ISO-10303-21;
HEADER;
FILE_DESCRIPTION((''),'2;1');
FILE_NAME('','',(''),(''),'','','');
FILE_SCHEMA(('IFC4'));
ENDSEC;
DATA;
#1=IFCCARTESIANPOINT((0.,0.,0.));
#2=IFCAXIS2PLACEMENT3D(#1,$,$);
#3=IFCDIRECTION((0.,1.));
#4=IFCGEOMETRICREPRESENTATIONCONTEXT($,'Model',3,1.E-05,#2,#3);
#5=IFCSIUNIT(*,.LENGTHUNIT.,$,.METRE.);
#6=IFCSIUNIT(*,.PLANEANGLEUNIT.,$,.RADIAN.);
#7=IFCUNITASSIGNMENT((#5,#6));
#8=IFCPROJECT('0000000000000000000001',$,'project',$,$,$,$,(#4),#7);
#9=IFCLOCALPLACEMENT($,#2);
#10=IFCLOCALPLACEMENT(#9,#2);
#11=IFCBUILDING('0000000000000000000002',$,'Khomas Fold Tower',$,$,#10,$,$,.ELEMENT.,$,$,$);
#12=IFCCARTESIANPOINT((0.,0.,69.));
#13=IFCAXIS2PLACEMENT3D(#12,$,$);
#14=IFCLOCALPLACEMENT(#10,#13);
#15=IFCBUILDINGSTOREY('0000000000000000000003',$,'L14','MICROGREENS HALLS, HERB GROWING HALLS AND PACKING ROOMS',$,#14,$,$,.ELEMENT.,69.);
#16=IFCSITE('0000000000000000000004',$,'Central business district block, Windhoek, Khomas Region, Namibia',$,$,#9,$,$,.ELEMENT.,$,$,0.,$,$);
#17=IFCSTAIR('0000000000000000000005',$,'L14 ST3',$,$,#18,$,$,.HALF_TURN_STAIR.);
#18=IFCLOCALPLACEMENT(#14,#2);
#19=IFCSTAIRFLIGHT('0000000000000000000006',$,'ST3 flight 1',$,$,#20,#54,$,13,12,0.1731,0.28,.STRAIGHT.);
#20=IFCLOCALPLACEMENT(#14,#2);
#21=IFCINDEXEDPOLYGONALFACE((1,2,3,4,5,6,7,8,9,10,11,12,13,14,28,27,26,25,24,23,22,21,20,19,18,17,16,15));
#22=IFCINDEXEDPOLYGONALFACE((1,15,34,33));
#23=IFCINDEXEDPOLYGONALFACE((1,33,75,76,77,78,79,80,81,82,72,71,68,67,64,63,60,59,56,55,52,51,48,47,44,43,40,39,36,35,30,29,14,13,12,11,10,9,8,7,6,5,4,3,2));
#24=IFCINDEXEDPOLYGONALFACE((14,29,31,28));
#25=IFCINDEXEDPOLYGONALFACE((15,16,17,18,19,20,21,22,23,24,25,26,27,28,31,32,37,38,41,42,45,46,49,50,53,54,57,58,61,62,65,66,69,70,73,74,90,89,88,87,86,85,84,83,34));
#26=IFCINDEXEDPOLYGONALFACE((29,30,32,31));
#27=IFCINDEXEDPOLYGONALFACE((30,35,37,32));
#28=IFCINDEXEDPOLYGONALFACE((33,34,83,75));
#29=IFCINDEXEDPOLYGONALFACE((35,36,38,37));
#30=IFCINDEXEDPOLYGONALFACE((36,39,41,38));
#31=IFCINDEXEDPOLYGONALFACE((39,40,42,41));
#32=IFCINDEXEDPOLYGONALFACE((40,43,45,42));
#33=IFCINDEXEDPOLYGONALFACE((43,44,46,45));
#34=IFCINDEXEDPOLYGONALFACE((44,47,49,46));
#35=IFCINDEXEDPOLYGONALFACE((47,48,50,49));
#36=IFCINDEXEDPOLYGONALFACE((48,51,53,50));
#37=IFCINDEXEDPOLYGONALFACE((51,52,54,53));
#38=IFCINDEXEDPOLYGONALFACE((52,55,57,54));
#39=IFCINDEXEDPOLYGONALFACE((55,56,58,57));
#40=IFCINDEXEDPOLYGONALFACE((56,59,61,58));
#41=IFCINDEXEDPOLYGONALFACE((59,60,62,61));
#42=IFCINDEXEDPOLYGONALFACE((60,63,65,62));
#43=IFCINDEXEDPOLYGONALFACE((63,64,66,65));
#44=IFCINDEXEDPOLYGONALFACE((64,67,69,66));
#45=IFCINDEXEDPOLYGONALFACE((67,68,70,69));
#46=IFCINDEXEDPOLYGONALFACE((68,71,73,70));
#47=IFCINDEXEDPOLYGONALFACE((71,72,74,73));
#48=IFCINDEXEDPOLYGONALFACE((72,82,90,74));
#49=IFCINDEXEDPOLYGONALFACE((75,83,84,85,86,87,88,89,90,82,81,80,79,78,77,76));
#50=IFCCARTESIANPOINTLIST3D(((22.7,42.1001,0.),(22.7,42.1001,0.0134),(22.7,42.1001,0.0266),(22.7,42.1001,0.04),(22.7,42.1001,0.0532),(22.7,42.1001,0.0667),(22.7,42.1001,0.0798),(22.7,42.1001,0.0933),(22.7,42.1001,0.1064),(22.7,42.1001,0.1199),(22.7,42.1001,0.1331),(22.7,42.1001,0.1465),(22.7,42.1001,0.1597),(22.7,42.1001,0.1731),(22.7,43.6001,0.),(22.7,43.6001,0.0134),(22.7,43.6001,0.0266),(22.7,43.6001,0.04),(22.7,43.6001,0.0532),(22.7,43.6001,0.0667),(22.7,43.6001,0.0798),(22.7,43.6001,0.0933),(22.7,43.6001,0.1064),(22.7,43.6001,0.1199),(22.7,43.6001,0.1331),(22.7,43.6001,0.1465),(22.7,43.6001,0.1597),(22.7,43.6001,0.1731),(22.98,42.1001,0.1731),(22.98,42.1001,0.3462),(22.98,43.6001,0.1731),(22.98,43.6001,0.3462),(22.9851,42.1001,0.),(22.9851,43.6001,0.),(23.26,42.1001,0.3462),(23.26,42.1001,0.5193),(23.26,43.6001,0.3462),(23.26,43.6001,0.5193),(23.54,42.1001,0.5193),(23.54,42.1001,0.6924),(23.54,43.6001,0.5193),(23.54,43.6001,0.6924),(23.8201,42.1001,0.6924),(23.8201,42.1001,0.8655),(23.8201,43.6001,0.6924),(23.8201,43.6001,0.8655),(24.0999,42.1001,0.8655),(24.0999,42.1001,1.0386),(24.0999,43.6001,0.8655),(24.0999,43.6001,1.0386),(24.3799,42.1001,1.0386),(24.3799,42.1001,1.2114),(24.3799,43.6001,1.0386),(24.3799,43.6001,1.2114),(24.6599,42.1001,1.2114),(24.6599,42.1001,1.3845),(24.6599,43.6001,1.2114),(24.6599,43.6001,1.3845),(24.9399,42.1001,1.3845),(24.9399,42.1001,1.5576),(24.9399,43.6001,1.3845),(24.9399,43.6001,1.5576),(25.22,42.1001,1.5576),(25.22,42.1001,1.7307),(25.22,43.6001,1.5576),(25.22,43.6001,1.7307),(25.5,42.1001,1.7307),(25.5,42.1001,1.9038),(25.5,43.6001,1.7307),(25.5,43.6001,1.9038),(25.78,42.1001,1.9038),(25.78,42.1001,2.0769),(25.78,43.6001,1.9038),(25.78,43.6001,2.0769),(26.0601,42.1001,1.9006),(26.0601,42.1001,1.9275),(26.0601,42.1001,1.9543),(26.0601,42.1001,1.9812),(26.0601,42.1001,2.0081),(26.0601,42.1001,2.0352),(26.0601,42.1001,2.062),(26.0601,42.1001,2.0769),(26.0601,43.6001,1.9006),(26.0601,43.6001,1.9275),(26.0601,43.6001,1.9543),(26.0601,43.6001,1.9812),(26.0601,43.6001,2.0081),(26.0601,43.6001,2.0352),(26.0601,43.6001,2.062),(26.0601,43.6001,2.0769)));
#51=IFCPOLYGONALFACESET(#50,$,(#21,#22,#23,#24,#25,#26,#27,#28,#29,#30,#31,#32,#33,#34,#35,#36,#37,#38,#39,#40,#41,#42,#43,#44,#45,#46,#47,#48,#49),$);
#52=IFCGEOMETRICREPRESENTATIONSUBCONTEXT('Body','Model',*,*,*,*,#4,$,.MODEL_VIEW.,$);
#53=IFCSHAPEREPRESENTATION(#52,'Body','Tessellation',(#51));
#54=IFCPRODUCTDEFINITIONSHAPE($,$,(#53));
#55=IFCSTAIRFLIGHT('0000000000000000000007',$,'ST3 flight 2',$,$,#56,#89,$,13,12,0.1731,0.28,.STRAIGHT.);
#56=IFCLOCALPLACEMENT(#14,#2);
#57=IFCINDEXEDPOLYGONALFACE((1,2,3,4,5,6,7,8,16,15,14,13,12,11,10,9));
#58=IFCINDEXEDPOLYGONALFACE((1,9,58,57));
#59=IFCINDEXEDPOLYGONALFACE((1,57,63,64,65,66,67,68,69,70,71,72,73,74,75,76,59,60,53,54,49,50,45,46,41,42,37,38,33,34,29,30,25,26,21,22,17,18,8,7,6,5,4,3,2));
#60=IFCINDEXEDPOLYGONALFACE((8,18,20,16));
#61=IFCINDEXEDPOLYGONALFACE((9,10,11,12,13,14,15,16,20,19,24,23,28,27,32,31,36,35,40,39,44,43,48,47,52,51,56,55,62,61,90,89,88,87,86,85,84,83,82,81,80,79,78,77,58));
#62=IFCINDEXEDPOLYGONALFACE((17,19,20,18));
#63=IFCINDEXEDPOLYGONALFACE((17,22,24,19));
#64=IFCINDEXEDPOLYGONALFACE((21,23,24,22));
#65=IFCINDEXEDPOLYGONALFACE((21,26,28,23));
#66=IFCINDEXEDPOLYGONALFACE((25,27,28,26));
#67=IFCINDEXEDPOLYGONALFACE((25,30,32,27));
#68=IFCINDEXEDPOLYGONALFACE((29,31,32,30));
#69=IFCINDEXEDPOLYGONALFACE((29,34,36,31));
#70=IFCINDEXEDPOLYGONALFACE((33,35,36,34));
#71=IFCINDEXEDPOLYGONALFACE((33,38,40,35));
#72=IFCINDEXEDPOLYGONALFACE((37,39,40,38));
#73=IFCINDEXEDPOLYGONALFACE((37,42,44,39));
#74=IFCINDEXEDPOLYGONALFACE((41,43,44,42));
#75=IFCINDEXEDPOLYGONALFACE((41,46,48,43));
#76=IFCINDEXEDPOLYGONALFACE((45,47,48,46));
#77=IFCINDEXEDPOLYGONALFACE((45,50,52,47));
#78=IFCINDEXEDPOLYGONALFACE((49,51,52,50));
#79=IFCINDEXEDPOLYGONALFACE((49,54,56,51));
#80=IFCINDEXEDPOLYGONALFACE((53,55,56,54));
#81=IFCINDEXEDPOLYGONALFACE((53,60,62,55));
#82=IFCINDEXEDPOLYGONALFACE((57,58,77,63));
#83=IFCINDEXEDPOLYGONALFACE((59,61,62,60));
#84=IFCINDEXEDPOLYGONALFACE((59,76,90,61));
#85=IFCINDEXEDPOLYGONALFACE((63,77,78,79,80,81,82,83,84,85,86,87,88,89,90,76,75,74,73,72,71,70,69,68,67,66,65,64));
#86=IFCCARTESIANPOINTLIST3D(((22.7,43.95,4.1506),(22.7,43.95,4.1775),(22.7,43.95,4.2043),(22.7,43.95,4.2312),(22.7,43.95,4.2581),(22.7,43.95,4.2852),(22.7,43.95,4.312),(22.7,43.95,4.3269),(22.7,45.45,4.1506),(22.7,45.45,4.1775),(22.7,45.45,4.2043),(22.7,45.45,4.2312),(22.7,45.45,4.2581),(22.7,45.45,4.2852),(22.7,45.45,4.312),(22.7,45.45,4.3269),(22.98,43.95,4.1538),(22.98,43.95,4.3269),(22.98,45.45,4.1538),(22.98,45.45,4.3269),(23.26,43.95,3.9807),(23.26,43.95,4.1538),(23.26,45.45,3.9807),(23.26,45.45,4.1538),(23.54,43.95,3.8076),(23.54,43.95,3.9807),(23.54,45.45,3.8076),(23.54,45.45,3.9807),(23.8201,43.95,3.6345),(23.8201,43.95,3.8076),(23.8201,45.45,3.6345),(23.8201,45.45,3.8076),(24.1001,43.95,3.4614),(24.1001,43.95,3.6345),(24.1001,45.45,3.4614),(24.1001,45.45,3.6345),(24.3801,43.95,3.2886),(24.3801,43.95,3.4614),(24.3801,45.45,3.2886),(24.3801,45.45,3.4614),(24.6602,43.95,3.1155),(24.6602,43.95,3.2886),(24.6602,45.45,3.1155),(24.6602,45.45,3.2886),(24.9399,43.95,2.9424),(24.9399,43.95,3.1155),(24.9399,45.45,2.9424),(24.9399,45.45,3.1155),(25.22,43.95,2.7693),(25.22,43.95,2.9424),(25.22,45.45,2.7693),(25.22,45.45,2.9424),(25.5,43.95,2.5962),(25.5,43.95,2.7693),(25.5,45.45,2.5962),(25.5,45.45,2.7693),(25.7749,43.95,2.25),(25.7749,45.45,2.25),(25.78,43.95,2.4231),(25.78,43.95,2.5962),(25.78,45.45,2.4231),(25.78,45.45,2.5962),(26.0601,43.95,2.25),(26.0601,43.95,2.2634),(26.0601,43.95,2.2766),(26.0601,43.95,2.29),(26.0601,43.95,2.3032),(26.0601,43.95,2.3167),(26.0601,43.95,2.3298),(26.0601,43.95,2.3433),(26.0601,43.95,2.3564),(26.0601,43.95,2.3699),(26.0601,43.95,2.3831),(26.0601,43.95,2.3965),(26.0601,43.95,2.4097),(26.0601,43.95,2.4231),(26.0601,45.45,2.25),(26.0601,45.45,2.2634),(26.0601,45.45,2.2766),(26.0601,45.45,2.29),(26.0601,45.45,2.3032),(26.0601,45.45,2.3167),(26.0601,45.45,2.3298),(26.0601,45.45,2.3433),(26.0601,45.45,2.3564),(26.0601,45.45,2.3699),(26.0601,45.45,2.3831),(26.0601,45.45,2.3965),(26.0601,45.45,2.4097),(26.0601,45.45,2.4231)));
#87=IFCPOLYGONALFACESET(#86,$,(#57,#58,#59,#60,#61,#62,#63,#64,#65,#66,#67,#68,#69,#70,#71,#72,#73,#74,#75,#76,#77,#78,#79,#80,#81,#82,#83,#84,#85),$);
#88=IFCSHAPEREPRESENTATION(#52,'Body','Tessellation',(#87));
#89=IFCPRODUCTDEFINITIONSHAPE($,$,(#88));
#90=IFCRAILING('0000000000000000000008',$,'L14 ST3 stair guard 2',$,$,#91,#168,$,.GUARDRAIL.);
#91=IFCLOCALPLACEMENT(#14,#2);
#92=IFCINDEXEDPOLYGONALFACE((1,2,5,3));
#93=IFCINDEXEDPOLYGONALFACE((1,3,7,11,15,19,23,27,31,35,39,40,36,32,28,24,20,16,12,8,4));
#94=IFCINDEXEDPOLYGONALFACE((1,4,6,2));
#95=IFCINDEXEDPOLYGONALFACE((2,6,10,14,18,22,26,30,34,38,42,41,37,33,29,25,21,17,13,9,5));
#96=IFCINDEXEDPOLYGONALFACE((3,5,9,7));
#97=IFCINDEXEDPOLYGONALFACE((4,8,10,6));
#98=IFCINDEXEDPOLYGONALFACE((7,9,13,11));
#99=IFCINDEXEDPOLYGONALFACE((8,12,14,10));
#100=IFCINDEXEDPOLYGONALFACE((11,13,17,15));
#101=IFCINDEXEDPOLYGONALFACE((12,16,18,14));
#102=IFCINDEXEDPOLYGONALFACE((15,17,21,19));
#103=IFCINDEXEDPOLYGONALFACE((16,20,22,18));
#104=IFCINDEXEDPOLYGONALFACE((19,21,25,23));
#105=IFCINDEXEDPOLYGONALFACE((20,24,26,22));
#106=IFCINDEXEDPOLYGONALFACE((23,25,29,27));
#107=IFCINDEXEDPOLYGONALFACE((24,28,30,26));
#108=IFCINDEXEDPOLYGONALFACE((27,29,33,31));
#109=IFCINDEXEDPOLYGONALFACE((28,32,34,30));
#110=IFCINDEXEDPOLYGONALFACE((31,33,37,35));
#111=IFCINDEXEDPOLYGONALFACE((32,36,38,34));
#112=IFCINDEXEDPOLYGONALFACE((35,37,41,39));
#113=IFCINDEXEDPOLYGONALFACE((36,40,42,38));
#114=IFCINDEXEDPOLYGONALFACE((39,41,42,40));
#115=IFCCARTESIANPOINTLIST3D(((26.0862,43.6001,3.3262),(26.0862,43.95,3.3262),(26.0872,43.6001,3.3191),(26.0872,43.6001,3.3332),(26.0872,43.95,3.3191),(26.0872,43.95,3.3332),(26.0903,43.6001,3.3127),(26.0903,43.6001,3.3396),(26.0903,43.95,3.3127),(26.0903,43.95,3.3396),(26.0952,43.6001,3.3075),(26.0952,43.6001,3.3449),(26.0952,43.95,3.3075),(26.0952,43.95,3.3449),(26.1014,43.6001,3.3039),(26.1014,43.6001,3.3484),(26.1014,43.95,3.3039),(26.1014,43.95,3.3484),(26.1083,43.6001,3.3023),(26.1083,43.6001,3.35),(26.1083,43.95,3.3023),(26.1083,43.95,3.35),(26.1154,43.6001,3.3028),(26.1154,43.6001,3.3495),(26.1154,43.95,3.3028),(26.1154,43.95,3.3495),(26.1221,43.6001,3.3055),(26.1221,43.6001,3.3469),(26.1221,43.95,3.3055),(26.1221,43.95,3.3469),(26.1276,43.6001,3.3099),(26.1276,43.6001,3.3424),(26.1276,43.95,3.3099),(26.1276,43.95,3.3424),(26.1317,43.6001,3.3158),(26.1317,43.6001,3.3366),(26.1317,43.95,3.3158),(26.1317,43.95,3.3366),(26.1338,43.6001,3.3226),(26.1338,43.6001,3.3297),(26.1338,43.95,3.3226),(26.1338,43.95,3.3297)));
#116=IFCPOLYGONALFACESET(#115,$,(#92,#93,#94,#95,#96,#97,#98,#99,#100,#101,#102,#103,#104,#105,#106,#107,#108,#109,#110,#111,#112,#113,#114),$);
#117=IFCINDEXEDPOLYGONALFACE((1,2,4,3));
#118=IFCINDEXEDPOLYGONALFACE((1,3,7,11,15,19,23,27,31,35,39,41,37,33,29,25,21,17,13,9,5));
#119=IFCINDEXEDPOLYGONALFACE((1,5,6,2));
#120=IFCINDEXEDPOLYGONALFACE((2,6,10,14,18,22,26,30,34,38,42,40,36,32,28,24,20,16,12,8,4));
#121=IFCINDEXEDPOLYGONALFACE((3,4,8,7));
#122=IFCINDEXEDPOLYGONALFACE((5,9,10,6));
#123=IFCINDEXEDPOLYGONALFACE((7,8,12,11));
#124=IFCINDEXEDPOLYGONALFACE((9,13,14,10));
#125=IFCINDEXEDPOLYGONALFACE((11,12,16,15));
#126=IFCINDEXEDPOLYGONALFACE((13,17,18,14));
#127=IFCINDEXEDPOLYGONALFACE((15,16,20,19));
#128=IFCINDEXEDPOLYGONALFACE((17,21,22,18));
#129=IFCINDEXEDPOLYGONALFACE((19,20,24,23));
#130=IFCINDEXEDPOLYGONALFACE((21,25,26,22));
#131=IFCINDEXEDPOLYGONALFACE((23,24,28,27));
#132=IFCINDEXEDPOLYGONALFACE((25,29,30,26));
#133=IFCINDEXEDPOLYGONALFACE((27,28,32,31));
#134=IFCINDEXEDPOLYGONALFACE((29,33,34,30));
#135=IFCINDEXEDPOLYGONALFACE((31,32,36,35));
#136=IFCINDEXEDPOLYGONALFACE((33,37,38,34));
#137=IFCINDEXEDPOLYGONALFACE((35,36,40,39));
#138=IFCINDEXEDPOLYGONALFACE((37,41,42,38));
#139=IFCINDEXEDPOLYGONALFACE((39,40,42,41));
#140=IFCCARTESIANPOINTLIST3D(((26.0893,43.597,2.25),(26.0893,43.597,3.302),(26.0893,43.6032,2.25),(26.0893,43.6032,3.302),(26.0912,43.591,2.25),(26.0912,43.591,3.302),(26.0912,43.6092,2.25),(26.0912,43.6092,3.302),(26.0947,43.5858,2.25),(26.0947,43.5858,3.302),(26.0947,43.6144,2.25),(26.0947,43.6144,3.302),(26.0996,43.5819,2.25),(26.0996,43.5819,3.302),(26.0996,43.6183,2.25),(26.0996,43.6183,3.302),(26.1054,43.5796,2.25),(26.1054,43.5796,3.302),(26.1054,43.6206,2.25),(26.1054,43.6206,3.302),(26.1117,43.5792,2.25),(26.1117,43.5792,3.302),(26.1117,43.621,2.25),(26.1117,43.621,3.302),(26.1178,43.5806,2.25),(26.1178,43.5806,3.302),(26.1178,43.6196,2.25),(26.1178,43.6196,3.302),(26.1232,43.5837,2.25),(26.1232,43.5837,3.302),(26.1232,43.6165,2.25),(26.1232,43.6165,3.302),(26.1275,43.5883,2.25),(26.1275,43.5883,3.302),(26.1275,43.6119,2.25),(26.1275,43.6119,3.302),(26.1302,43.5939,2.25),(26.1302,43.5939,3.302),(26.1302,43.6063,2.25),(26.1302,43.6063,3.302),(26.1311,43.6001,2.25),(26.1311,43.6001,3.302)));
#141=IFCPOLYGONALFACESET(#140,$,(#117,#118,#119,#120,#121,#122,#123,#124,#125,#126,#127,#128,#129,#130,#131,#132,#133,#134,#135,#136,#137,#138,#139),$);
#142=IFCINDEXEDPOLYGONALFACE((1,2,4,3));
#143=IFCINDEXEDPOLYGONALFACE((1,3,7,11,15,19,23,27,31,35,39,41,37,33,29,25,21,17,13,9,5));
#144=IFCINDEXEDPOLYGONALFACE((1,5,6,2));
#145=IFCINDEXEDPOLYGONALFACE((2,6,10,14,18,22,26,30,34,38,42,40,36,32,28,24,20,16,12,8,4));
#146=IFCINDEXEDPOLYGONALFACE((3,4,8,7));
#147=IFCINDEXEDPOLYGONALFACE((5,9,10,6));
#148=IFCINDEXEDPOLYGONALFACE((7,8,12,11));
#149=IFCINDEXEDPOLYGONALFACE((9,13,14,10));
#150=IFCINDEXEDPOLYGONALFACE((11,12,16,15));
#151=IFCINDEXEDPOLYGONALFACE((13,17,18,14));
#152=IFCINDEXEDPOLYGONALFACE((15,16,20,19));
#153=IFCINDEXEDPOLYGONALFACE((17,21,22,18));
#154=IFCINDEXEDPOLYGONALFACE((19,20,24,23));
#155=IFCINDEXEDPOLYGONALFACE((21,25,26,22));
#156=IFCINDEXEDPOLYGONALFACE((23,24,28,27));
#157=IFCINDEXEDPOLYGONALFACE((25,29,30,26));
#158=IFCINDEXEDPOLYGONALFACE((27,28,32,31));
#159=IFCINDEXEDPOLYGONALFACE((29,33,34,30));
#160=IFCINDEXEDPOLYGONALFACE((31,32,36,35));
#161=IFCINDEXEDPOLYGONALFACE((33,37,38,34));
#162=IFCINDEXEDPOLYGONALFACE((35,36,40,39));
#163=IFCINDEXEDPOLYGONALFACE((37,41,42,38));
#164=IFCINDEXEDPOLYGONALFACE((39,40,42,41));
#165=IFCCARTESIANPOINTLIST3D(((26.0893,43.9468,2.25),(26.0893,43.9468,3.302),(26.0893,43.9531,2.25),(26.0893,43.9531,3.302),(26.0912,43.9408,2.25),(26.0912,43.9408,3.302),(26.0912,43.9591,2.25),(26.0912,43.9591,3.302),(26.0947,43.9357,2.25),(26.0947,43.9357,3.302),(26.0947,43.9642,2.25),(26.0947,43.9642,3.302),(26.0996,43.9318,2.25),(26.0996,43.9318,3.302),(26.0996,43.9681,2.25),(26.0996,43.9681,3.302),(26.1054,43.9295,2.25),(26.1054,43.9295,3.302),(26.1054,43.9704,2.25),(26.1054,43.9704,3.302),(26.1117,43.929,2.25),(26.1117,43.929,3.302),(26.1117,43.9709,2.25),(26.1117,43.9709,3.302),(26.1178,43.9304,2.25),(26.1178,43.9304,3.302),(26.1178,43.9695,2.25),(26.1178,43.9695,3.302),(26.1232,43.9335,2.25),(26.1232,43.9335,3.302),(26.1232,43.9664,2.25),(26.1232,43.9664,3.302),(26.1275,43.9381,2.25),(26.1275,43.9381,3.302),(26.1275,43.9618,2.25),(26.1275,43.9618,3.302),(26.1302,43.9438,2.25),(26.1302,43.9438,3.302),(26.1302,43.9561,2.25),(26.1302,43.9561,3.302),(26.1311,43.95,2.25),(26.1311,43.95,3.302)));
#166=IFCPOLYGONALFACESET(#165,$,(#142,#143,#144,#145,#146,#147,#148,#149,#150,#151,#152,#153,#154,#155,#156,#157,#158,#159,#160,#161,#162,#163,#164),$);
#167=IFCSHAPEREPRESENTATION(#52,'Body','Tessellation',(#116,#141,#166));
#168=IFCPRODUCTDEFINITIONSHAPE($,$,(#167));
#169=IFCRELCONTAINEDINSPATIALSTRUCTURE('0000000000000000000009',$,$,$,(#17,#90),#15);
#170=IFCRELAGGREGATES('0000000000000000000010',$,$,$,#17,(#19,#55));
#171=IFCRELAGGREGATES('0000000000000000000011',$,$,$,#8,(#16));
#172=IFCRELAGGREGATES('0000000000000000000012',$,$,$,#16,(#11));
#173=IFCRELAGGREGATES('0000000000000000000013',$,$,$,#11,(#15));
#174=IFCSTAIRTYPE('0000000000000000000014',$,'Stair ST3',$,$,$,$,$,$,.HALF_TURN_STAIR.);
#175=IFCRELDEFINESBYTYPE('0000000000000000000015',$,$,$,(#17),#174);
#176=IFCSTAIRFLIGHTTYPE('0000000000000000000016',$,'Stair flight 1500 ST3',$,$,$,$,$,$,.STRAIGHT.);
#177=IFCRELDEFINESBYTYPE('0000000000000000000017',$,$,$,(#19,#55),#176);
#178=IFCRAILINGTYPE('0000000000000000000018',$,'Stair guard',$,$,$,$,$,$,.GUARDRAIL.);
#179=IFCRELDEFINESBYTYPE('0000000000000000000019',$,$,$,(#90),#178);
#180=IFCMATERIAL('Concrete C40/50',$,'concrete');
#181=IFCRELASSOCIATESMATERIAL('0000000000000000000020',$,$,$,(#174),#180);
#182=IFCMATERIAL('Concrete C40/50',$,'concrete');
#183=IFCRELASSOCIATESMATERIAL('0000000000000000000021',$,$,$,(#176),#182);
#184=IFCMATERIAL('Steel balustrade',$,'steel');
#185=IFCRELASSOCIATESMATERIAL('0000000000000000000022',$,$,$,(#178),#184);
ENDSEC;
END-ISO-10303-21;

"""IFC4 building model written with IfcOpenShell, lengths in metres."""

from ifc_helpers import new_model, si_unit, direction, frame, origin, origin_2d, place, context, subcontext, project, spatial, polyline, circle, outline, extrude, source, transform, mapped, material, type_object, element, aggregate, save


model = new_model("IFC4")

# Units and contexts
model_context = context("Model", 3, precision=1e-05, world=origin(), true_north=direction((0.0, 1.0)))
body_context = subcontext(model_context, "Body", "Model", "MODEL_VIEW")
ifc_project = project(units=[si_unit("LENGTHUNIT", "METRE"), si_unit("PLANEANGLEUNIT", "RADIAN")], contexts=[model_context])

# Site, building, storey
site_placement = place(None, origin())
site = spatial("IfcSite", under=ifc_project, at=site_placement, Name="Central business district block, Windhoek, Khomas Region, Namibia", CompositionType="ELEMENT", RefElevation=0.0)
building_placement = place(site_placement, origin())
building = spatial("IfcBuilding", under=site, at=building_placement, Name="Khomas Fold Tower", CompositionType="ELEMENT")
storey_placement = place(building_placement, frame((0.0, 0.0, 69.0)))
storey = spatial("IfcBuildingStorey", under=building, at=storey_placement, Name="L14", Description="MICROGREENS HALLS, HERB GROWING HALLS AND PACKING ROOMS", CompositionType="ELEMENT", Elevation=69.0)

# Stair, stair flights
ifc_material_1 = material(Name="Concrete C40/50", Category="concrete")
stair_type = type_object("IfcStairType", Name="Stair ST3", PredefinedType="HALF_TURN_STAIR", material=ifc_material_1)
stair_placement = place(storey_placement, origin())
stair = element("IfcStair", 1, at=stair_placement, inside=storey, type_object=stair_type, Name="L14 ST3", PredefinedType="HALF_TURN_STAIR")
ifc_material_2 = material(Name="Concrete C40/50", Category="concrete")
stair_flight_type = type_object("IfcStairFlightType", Name="Stair flight 1500 ST3", PredefinedType="STRAIGHT", material=ifc_material_2)
shared_shape_1 = source(origin(), body_context, "Body", "SweptSolid", [
    extrude(outline(polyline([(0.0, 0.0), (0.0, 0.0134), (0.0, 0.0266), (0.0, 0.04), (0.0, 0.0532), (0.0, 0.0667), (0.0, 0.0798), (0.0, 0.0933), (0.0, 0.1064), (0.0, 0.1199), (0.0, 0.1331), (0.0, 0.1465), (0.0, 0.1597), (0.0, 0.1731), (0.28, 0.1731), (0.28, 0.3462), (0.5601, 0.3462), (0.5601, 0.5193), (0.8401, 0.5193), (0.8401, 0.6924), (1.1201, 0.6924), (1.1201, 0.8655), (1.3999, 0.8655), (1.3999, 1.0386), (1.6799, 1.0386), (1.6799, 1.2114), (1.96, 1.2114), (1.96, 1.3845), (2.24, 1.3845), (2.24, 1.5576), (2.52, 1.5576), (2.52, 1.7307), (2.8, 1.7307), (2.8, 1.9038), (3.0801, 1.9038), (3.0801, 2.0769), (3.3601, 2.0769), (3.3601, 2.25), (3.3601, 2.2231), (3.3601, 2.1963), (3.3601, 2.1694), (3.3601, 2.1426), (3.3601, 2.1157), (3.3601, 2.0889), (3.3601, 2.062), (3.3601, 2.0352), (3.3601, 2.0081), (3.3601, 1.9812), (3.3601, 1.9543), (3.3601, 1.9275), (3.3601, 1.9006), (0.2852, 0.0), (0.0, 0.0)])), frame((0.0, 0.75, 0.0), z_axis=(0.0, -1.0, 0.0), x_axis=(1.0, 0.0, 0.0)), (0.0, 0.0, 1.0), 1.5),
])
stair_flight_1_placement = place(storey_placement, frame((22.7, 42.8501, 0.0), z_axis=(0.0, 0.0, 1.0), x_axis=(1.0, 0.0, 0.0)))
stair_flight_1 = element("IfcStairFlight", 2, at=stair_flight_1_placement, type_object=stair_flight_type, Name="ST3 flight 1", NumberOfRisers=13, NumberOfTreads=12, PredefinedType="STRAIGHT", RiserHeight=0.1731, TreadLength=0.28, context=body_context, shape_type="MappedRepresentation", body=[
    mapped(shared_shape_1, transform((0.0, 0.0, 0.0))),
])
stair_flight_2_placement = place(storey_placement, frame((26.0601, 44.7, 2.25), z_axis=(0.0, 0.0, 1.0), x_axis=(-1.0, 0.0, 0.0)))
stair_flight_2 = element("IfcStairFlight", 3, at=stair_flight_2_placement, type_object=stair_flight_type, Name="ST3 flight 2", NumberOfRisers=13, NumberOfTreads=12, PredefinedType="STRAIGHT", RiserHeight=0.1731, TreadLength=0.28, context=body_context, shape_type="MappedRepresentation", body=[
    mapped(shared_shape_1, transform((0.0, 0.0, 0.0))),
])
aggregate(stair, [stair_flight_1, stair_flight_2])

# Railing
ifc_material_3 = material(Name="Steel balustrade", Category="steel")
railing_type_1 = type_object("IfcRailingType", Name="Stair guard", PredefinedType="GUARDRAIL", material=ifc_material_3)
shared_shape_2 = source(origin(), body_context, "Body", "SweptSolid", [
    extrude(circle(Radius=0.0239, at=origin_2d()), frame((0.0, 0.0, 1.0762), z_axis=(0.0, 1.0, 0.0), x_axis=(-1.0, 0.0, 0.0)), (0.0, 0.0, 1.0), 0.3499),
    extrude(circle(Radius=0.021, at=origin_2d()), origin(), (0.0, 0.0, 1.0), 1.052),
    extrude(circle(Radius=0.021, at=origin_2d()), frame((0.0, 0.3499, 0.0)), (0.0, 0.0, 1.0), 1.052),
])
for number, where, name in (
    (4, (26.1101, 43.6001, 2.25), "L14 ST3 stair guard 2"),
):
    element("IfcRailing", number, at=place(storey_placement, frame(where)), inside=storey, type_object=railing_type_1, Name=name, PredefinedType="GUARDRAIL", context=body_context, shape_type="MappedRepresentation", body=[
        mapped(shared_shape_2, transform((0.0, 0.0, 0.0))),
    ])

save(model, "model.ifc")
